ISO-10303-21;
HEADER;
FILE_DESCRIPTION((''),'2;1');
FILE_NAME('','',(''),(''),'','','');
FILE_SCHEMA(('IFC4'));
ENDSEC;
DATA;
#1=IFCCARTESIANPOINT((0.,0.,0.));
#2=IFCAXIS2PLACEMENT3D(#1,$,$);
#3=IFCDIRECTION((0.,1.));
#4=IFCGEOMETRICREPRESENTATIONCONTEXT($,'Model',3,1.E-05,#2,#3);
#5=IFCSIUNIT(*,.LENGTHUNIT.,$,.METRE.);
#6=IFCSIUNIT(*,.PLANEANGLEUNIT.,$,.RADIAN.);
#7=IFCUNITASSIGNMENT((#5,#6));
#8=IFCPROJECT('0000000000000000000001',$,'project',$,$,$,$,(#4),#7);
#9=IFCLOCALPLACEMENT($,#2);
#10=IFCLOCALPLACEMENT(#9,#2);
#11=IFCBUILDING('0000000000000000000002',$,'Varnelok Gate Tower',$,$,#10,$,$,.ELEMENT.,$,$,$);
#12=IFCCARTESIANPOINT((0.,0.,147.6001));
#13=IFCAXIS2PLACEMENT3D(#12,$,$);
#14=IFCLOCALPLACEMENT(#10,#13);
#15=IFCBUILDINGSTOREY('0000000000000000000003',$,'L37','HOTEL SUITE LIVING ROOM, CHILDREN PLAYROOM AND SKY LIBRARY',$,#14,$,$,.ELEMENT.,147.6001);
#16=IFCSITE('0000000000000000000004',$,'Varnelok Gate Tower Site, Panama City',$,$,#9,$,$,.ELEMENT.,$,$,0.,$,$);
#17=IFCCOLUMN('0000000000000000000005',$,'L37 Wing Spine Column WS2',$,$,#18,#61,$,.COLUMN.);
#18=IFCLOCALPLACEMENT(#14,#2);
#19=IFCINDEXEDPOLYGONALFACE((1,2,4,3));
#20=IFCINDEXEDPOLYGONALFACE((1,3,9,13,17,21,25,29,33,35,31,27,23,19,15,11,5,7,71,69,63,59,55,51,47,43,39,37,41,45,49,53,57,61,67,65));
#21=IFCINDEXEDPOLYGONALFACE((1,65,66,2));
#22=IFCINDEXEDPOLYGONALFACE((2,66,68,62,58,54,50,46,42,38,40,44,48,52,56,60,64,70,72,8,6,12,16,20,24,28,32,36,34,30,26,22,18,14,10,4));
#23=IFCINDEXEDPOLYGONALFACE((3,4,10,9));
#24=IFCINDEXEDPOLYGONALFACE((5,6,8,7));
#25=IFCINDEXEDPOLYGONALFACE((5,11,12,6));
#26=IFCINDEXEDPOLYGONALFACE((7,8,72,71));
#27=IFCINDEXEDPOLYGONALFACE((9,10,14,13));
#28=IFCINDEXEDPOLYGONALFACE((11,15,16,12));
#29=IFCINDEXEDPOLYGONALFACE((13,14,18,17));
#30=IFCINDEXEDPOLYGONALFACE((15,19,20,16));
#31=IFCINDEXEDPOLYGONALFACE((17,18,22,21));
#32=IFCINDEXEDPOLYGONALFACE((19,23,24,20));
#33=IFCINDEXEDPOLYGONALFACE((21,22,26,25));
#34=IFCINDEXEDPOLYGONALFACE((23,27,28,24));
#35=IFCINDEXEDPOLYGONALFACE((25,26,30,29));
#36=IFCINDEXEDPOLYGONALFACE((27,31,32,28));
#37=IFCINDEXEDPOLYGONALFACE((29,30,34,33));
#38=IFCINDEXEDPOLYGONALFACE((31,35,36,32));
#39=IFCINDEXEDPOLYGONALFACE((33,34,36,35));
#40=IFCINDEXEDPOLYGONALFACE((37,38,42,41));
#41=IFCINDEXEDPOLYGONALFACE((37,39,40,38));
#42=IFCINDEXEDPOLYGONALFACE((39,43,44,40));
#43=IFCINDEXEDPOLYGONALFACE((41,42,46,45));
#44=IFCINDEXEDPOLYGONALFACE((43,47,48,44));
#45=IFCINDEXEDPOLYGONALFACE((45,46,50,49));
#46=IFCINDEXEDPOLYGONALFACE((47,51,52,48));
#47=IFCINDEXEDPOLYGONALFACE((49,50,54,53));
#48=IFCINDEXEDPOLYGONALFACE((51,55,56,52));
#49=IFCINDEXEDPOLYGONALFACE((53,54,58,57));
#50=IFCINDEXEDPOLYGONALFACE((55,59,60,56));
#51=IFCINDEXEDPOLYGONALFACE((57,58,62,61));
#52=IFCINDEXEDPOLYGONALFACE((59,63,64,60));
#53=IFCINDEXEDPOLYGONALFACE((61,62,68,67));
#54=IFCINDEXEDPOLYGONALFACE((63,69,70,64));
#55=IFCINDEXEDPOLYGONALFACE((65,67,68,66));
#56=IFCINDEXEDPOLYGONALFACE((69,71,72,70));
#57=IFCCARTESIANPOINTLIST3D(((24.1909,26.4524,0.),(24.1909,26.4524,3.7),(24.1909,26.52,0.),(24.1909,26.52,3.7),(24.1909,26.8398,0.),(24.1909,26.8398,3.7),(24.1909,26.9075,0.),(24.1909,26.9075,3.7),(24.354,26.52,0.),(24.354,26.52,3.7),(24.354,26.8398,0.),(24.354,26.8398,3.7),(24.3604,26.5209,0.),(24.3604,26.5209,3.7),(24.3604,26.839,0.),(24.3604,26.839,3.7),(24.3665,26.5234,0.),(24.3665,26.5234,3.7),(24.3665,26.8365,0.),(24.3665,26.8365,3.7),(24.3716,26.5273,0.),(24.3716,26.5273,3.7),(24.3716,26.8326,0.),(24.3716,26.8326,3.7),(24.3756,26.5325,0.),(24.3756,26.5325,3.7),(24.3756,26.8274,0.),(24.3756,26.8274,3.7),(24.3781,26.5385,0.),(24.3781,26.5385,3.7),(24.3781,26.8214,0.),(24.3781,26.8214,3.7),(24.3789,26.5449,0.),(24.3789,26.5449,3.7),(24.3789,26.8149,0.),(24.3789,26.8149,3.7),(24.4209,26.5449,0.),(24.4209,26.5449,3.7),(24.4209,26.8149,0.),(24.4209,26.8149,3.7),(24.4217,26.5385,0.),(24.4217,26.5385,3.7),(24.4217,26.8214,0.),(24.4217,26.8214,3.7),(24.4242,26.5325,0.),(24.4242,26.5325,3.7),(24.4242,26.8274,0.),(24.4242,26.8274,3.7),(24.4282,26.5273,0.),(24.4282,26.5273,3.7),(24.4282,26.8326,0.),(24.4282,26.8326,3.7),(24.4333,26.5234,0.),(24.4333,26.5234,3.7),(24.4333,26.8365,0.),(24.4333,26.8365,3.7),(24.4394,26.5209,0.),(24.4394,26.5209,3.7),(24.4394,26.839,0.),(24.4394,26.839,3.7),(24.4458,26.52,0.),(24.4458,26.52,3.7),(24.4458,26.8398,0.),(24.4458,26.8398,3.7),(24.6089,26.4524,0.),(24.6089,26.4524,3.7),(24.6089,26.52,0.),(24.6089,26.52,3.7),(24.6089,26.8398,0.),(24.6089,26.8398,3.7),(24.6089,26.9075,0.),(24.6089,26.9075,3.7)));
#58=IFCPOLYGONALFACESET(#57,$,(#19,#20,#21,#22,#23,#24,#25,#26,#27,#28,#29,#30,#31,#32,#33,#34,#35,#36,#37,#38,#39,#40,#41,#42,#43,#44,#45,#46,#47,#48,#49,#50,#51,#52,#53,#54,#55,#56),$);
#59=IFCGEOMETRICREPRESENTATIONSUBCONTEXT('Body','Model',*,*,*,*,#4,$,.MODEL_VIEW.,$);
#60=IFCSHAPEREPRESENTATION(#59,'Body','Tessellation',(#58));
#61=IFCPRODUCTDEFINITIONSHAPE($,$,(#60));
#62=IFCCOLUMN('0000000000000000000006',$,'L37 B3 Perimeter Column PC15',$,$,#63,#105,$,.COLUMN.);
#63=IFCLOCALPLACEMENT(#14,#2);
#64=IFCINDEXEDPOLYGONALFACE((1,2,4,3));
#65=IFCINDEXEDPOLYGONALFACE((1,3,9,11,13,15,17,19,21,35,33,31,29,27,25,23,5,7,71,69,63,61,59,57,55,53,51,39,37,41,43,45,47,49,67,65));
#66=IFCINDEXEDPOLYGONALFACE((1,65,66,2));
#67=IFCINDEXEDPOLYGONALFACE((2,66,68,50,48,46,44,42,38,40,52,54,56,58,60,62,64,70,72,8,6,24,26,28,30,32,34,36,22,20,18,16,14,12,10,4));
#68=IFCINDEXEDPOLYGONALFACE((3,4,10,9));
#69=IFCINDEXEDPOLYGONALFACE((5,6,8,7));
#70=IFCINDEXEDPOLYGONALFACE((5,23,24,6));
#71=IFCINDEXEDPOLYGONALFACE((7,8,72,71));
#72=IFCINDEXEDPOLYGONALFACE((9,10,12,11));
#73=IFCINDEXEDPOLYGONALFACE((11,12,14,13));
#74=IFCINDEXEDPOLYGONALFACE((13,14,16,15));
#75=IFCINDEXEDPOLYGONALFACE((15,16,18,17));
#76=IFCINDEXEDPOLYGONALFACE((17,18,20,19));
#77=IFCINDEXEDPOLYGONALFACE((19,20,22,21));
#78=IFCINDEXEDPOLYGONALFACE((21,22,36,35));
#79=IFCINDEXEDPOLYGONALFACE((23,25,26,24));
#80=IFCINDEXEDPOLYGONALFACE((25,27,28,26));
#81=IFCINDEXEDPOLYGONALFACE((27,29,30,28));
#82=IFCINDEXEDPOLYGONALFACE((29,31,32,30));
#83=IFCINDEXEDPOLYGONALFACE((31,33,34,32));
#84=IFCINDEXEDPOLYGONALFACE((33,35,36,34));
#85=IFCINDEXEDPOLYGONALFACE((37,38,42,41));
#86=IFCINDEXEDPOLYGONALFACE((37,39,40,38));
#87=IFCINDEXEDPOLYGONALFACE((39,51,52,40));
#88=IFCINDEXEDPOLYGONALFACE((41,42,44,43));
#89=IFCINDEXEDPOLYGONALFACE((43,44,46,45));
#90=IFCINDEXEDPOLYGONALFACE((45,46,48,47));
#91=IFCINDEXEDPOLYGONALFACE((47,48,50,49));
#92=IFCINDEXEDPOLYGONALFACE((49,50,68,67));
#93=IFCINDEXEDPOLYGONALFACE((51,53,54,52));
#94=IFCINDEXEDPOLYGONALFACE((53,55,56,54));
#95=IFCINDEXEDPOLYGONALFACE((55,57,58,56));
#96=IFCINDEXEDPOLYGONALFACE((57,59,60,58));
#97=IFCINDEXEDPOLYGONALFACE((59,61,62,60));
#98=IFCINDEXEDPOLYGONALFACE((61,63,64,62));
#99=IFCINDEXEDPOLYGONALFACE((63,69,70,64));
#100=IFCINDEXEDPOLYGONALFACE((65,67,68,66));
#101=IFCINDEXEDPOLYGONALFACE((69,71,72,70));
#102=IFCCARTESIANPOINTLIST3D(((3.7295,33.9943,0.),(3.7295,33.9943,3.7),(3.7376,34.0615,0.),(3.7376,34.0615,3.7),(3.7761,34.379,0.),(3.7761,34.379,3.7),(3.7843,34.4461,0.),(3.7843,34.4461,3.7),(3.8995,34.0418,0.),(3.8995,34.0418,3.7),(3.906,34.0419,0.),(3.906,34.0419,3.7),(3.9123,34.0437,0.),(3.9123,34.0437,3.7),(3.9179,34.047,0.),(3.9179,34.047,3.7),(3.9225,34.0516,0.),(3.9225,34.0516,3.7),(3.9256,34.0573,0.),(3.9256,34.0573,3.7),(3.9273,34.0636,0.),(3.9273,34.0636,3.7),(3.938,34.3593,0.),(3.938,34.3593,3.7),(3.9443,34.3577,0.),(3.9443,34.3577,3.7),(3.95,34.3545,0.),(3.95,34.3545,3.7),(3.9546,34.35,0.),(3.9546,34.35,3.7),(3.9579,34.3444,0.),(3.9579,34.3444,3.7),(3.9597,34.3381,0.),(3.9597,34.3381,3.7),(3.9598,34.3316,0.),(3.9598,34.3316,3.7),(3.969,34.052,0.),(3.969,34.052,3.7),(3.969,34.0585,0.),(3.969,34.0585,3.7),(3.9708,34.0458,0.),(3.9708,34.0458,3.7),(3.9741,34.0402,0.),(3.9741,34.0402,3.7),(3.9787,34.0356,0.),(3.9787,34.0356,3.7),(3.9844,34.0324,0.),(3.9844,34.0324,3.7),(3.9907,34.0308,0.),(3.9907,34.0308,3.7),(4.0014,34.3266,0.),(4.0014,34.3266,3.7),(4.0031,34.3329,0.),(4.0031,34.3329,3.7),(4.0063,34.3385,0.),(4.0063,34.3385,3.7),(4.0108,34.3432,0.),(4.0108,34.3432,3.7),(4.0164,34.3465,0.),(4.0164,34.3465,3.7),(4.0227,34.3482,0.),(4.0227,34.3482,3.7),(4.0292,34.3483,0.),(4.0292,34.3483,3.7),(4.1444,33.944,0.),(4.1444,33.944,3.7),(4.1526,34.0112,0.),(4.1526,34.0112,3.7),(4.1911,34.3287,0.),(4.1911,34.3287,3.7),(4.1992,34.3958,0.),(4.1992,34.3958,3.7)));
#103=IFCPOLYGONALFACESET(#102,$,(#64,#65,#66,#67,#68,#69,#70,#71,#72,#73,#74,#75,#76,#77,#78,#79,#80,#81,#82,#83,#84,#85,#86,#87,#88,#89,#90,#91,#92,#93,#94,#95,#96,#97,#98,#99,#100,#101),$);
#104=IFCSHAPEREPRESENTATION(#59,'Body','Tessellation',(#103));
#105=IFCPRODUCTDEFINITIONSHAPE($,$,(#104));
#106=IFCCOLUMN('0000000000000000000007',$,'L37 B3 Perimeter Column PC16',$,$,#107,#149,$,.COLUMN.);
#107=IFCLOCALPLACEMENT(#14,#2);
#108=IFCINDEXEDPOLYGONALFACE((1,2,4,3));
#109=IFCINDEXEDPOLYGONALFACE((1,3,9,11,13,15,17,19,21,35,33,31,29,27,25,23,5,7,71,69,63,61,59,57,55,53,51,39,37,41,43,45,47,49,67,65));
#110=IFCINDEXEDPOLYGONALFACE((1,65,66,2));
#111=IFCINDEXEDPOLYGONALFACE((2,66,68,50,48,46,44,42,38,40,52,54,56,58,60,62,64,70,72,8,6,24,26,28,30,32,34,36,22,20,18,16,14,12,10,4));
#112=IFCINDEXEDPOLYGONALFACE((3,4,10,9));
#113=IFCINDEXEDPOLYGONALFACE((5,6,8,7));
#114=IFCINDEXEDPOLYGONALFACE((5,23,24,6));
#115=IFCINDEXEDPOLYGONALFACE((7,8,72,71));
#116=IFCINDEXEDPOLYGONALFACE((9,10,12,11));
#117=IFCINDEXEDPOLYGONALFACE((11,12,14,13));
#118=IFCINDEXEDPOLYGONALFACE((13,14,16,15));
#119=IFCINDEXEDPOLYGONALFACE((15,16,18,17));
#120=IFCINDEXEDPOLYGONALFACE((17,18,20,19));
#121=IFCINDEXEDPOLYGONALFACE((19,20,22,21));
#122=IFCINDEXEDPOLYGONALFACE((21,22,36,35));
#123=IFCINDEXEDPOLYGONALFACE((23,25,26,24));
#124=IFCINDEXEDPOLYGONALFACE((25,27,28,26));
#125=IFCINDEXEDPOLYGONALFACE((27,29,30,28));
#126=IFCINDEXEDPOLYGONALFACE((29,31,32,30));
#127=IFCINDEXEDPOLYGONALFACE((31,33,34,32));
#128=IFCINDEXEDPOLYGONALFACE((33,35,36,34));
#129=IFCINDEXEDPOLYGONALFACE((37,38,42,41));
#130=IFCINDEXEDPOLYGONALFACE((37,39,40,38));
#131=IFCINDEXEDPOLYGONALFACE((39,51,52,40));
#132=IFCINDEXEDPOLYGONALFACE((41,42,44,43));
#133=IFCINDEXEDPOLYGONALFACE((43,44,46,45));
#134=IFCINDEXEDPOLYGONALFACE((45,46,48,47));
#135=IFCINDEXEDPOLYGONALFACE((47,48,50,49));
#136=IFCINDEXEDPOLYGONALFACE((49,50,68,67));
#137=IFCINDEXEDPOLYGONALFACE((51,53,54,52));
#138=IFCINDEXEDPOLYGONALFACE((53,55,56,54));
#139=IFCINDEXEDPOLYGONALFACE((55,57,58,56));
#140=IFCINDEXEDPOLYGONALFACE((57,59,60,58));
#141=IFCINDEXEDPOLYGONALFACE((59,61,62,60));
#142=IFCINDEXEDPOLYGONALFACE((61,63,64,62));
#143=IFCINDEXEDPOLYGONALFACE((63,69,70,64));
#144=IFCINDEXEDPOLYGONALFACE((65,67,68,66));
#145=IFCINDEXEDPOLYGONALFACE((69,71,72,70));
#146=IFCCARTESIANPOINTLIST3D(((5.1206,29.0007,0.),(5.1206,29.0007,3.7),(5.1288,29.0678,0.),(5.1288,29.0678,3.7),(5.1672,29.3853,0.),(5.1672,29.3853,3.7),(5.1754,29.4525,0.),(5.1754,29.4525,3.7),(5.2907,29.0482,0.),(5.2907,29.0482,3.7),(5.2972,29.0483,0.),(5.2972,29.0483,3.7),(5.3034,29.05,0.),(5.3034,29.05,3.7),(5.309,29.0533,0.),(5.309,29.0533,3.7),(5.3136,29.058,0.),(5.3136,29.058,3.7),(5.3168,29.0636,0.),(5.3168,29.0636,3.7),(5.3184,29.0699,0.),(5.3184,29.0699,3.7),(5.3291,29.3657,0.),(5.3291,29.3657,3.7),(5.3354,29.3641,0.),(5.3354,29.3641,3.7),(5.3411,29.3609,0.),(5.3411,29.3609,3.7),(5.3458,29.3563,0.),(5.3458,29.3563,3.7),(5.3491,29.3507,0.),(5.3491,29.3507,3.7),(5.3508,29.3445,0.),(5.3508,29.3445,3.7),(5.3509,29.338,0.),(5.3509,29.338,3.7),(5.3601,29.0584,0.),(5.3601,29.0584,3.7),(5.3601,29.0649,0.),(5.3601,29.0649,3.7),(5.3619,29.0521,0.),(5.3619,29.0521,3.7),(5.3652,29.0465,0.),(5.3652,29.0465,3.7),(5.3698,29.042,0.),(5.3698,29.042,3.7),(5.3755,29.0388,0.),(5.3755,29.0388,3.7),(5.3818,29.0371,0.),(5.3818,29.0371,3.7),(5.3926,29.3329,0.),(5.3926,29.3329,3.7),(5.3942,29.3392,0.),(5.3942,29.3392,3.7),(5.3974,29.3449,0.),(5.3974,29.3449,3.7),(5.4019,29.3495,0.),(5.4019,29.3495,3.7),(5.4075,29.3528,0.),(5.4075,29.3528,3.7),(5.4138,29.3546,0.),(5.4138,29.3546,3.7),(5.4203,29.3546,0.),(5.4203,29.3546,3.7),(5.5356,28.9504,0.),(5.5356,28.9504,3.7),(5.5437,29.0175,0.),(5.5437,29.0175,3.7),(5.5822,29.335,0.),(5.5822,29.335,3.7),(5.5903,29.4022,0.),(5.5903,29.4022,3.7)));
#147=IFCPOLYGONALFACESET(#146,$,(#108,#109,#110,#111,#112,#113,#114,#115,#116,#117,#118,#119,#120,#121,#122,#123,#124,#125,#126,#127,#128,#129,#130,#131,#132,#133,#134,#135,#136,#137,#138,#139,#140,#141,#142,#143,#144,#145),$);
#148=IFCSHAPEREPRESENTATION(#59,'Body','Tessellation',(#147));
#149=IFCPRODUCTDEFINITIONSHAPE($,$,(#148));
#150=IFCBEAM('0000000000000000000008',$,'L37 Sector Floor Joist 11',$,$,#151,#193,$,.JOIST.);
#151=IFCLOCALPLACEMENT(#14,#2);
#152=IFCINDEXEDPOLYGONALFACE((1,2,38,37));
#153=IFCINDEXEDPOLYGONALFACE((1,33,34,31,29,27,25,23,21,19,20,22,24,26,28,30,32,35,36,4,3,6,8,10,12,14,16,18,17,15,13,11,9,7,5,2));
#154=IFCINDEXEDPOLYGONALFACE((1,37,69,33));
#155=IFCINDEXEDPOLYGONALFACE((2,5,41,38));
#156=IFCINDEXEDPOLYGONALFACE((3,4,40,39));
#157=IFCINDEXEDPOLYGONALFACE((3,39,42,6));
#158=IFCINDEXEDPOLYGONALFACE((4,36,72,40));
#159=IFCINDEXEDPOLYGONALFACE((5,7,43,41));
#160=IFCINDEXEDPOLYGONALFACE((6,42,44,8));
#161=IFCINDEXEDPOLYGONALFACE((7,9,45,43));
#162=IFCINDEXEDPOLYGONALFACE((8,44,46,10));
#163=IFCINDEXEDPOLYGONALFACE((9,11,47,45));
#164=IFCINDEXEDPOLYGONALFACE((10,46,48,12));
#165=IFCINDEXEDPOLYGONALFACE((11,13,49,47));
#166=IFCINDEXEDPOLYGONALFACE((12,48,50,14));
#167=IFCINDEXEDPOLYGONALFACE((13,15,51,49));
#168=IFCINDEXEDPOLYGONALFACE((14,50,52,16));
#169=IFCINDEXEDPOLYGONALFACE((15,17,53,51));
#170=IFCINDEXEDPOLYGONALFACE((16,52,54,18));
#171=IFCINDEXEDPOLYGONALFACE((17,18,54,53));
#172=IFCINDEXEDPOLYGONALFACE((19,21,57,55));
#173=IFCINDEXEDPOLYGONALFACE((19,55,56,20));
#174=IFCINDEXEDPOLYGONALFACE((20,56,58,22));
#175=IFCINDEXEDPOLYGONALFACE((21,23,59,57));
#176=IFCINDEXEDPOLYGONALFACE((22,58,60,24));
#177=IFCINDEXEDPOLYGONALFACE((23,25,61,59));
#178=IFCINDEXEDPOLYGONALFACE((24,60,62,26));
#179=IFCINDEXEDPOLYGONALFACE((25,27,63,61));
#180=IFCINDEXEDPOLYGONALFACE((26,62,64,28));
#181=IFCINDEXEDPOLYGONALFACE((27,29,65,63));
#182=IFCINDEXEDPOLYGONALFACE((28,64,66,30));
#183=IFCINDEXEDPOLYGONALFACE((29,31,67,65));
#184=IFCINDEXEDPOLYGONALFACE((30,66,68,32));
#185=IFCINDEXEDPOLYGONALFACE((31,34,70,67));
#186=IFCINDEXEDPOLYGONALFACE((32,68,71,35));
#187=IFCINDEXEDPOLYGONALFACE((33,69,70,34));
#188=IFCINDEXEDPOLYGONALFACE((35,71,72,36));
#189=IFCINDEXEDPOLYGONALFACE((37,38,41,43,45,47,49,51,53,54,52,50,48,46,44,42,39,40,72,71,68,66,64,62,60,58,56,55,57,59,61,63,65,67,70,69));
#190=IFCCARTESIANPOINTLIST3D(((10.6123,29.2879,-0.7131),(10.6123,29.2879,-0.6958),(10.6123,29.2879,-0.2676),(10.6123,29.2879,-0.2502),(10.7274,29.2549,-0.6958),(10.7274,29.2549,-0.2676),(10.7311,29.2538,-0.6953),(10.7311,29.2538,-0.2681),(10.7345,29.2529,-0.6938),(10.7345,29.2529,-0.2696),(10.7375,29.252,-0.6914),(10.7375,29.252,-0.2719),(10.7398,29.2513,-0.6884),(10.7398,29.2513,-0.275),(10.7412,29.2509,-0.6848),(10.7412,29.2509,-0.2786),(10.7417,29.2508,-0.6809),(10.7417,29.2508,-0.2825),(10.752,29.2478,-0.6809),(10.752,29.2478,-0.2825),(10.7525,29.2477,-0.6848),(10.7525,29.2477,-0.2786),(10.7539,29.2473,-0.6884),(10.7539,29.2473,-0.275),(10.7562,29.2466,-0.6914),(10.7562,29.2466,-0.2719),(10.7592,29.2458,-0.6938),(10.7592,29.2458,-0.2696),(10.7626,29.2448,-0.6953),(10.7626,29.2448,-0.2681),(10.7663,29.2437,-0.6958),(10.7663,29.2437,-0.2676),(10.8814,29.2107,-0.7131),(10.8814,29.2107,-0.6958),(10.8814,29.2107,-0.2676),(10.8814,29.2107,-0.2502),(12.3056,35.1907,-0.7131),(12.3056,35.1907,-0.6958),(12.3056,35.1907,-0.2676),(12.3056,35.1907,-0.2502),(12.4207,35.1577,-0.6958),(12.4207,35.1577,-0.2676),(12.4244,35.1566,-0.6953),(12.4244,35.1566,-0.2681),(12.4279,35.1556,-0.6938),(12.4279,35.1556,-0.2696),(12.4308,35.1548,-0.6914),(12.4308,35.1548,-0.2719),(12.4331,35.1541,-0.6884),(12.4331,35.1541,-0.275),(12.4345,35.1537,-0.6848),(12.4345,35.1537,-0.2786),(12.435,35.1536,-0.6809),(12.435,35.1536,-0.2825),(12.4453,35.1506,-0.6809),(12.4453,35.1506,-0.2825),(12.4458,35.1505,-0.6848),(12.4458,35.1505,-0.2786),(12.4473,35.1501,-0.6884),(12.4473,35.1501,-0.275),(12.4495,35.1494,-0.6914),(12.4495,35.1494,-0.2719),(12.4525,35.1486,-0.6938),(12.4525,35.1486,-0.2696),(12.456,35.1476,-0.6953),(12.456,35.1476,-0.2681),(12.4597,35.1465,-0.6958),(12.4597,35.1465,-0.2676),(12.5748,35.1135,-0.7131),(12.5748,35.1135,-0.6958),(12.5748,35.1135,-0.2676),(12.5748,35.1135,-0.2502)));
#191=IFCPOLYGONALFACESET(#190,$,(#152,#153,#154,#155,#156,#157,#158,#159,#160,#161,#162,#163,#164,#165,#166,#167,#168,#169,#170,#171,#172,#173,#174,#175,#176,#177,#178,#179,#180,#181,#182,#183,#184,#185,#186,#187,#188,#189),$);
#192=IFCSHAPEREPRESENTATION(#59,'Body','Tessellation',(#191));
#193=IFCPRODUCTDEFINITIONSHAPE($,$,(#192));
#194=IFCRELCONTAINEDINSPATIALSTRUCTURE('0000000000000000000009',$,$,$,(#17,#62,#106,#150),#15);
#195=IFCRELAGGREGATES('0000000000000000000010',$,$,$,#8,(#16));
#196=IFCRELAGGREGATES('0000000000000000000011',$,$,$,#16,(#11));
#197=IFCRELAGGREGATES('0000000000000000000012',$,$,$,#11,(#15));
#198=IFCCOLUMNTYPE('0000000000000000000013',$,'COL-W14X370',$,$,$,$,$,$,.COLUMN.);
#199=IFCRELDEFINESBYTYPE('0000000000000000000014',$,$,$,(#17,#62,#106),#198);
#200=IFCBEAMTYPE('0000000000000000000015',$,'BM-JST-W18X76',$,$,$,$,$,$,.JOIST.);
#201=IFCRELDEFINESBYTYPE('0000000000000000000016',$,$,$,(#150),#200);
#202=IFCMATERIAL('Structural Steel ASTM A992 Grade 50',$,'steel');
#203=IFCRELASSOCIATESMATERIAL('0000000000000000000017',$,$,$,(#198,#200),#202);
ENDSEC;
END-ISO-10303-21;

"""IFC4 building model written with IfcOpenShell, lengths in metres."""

from ifc_helpers import new_model, si_unit, direction, frame, origin, origin_2d, place, context, subcontext, project, spatial, i_section, extrude, material, material_profile, profile_set, type_object, element, save


model = new_model("IFC4")

# Units and contexts
model_context = context("Model", 3, precision=1e-05, world=origin(), true_north=direction((0.0, 1.0)))
body_context = subcontext(model_context, "Body", "Model", "MODEL_VIEW")
ifc_project = project(units=[si_unit("LENGTHUNIT", "METRE"), si_unit("PLANEANGLEUNIT", "RADIAN")], contexts=[model_context])

# Site, building, storey
site_placement = place(None, origin())
site = spatial("IfcSite", under=ifc_project, at=site_placement, Name="Varnelok Gate Tower Site, Panama City", CompositionType="ELEMENT", RefElevation=0.0)
building_placement = place(site_placement, origin())
building = spatial("IfcBuilding", under=site, at=building_placement, Name="Varnelok Gate Tower", CompositionType="ELEMENT")
storey_placement = place(building_placement, frame((0.0, 0.0, 147.6001)))
storey = spatial("IfcBuildingStorey", under=building, at=storey_placement, Name="L37", Description="HOTEL SUITE LIVING ROOM, CHILDREN PLAYROOM AND SKY LIBRARY", CompositionType="ELEMENT", Elevation=147.6001)

# Columns
ifc_material_1 = material(Name="Structural Steel ASTM A992 Grade 50", Category="steel")
ifc_material_profile_1 = material_profile(ifc_material_1, i_section(OverallWidth=0.418, OverallDepth=0.4551, WebThickness=0.042, FlangeThickness=0.0676, FilletRadius=0.0249, at=origin_2d()), Name="W14X370")
ifc_profile_set_1 = profile_set([ifc_material_profile_1], Name="Structural Steel ASTM A992 Grade 50")
column_type = type_object("IfcColumnType", Name="COL-W14X370", PredefinedType="COLUMN", material=ifc_profile_set_1)
for number, where, z_axis, x_axis, name in (
    (1, (24.3999, 26.6799, 0.0), (0.0, 0.0, 1.0), (1.0, 0.0, 0.0), "L37 Wing Spine Column WS2"),
    (2, (3.9644, 34.1951, 0.0), (0.0, 0.0, 1.0), (0.992732, -0.120345, 0.0), "L37 B3 Perimeter Column PC15"),
    (3, (5.3555, 29.2014, 0.0), (0.0, 0.0, 1.0), (0.992732, -0.120345, 0.0), "L37 B3 Perimeter Column PC16"),
):
    element("IfcColumn", number, at=place(storey_placement, frame(where, z_axis=z_axis, x_axis=x_axis)), inside=storey, type_object=column_type, Name=name, PredefinedType="COLUMN", context=body_context, shape_type="SweptSolid", body=[
        extrude(i_section(OverallWidth=0.418, OverallDepth=0.4551, WebThickness=0.042, FlangeThickness=0.0676, FilletRadius=0.0249, at=origin_2d()), origin(), (0.0, 0.0, 1.0), 3.7),
    ])

# Beam
ifc_material_profile_2 = material_profile(ifc_material_1, i_section(OverallWidth=0.28, OverallDepth=0.4629, WebThickness=0.0107, FlangeThickness=0.0173, FilletRadius=0.0149, at=origin_2d()), Name="W18X76")
ifc_profile_set_2 = profile_set([ifc_material_profile_2], Name="Structural Steel ASTM A992 Grade 50")
beam_type_1 = type_object("IfcBeamType", Name="BM-JST-W18X76", PredefinedType="JOIST", material=ifc_profile_set_2)
beam_1_placement = place(storey_placement, frame((12.4402, 35.1521, -0.4817), z_axis=(-0.27575, -0.961229, 0.0), x_axis=(0.961229, -0.27575, 0.0)))
element("IfcBeam", 4, at=beam_1_placement, inside=storey, type_object=beam_type_1, Name="L37 Sector Floor Joist 11", PredefinedType="JOIST", context=body_context, shape_type="SweptSolid", body=[
    extrude(i_section(OverallWidth=0.28, OverallDepth=0.4629, WebThickness=0.0107, FlangeThickness=0.0173, FilletRadius=0.0149, at=origin_2d()), origin(), (0.0, 0.0, 1.0), 6.1409),
])

save(model, "model.ifc")
